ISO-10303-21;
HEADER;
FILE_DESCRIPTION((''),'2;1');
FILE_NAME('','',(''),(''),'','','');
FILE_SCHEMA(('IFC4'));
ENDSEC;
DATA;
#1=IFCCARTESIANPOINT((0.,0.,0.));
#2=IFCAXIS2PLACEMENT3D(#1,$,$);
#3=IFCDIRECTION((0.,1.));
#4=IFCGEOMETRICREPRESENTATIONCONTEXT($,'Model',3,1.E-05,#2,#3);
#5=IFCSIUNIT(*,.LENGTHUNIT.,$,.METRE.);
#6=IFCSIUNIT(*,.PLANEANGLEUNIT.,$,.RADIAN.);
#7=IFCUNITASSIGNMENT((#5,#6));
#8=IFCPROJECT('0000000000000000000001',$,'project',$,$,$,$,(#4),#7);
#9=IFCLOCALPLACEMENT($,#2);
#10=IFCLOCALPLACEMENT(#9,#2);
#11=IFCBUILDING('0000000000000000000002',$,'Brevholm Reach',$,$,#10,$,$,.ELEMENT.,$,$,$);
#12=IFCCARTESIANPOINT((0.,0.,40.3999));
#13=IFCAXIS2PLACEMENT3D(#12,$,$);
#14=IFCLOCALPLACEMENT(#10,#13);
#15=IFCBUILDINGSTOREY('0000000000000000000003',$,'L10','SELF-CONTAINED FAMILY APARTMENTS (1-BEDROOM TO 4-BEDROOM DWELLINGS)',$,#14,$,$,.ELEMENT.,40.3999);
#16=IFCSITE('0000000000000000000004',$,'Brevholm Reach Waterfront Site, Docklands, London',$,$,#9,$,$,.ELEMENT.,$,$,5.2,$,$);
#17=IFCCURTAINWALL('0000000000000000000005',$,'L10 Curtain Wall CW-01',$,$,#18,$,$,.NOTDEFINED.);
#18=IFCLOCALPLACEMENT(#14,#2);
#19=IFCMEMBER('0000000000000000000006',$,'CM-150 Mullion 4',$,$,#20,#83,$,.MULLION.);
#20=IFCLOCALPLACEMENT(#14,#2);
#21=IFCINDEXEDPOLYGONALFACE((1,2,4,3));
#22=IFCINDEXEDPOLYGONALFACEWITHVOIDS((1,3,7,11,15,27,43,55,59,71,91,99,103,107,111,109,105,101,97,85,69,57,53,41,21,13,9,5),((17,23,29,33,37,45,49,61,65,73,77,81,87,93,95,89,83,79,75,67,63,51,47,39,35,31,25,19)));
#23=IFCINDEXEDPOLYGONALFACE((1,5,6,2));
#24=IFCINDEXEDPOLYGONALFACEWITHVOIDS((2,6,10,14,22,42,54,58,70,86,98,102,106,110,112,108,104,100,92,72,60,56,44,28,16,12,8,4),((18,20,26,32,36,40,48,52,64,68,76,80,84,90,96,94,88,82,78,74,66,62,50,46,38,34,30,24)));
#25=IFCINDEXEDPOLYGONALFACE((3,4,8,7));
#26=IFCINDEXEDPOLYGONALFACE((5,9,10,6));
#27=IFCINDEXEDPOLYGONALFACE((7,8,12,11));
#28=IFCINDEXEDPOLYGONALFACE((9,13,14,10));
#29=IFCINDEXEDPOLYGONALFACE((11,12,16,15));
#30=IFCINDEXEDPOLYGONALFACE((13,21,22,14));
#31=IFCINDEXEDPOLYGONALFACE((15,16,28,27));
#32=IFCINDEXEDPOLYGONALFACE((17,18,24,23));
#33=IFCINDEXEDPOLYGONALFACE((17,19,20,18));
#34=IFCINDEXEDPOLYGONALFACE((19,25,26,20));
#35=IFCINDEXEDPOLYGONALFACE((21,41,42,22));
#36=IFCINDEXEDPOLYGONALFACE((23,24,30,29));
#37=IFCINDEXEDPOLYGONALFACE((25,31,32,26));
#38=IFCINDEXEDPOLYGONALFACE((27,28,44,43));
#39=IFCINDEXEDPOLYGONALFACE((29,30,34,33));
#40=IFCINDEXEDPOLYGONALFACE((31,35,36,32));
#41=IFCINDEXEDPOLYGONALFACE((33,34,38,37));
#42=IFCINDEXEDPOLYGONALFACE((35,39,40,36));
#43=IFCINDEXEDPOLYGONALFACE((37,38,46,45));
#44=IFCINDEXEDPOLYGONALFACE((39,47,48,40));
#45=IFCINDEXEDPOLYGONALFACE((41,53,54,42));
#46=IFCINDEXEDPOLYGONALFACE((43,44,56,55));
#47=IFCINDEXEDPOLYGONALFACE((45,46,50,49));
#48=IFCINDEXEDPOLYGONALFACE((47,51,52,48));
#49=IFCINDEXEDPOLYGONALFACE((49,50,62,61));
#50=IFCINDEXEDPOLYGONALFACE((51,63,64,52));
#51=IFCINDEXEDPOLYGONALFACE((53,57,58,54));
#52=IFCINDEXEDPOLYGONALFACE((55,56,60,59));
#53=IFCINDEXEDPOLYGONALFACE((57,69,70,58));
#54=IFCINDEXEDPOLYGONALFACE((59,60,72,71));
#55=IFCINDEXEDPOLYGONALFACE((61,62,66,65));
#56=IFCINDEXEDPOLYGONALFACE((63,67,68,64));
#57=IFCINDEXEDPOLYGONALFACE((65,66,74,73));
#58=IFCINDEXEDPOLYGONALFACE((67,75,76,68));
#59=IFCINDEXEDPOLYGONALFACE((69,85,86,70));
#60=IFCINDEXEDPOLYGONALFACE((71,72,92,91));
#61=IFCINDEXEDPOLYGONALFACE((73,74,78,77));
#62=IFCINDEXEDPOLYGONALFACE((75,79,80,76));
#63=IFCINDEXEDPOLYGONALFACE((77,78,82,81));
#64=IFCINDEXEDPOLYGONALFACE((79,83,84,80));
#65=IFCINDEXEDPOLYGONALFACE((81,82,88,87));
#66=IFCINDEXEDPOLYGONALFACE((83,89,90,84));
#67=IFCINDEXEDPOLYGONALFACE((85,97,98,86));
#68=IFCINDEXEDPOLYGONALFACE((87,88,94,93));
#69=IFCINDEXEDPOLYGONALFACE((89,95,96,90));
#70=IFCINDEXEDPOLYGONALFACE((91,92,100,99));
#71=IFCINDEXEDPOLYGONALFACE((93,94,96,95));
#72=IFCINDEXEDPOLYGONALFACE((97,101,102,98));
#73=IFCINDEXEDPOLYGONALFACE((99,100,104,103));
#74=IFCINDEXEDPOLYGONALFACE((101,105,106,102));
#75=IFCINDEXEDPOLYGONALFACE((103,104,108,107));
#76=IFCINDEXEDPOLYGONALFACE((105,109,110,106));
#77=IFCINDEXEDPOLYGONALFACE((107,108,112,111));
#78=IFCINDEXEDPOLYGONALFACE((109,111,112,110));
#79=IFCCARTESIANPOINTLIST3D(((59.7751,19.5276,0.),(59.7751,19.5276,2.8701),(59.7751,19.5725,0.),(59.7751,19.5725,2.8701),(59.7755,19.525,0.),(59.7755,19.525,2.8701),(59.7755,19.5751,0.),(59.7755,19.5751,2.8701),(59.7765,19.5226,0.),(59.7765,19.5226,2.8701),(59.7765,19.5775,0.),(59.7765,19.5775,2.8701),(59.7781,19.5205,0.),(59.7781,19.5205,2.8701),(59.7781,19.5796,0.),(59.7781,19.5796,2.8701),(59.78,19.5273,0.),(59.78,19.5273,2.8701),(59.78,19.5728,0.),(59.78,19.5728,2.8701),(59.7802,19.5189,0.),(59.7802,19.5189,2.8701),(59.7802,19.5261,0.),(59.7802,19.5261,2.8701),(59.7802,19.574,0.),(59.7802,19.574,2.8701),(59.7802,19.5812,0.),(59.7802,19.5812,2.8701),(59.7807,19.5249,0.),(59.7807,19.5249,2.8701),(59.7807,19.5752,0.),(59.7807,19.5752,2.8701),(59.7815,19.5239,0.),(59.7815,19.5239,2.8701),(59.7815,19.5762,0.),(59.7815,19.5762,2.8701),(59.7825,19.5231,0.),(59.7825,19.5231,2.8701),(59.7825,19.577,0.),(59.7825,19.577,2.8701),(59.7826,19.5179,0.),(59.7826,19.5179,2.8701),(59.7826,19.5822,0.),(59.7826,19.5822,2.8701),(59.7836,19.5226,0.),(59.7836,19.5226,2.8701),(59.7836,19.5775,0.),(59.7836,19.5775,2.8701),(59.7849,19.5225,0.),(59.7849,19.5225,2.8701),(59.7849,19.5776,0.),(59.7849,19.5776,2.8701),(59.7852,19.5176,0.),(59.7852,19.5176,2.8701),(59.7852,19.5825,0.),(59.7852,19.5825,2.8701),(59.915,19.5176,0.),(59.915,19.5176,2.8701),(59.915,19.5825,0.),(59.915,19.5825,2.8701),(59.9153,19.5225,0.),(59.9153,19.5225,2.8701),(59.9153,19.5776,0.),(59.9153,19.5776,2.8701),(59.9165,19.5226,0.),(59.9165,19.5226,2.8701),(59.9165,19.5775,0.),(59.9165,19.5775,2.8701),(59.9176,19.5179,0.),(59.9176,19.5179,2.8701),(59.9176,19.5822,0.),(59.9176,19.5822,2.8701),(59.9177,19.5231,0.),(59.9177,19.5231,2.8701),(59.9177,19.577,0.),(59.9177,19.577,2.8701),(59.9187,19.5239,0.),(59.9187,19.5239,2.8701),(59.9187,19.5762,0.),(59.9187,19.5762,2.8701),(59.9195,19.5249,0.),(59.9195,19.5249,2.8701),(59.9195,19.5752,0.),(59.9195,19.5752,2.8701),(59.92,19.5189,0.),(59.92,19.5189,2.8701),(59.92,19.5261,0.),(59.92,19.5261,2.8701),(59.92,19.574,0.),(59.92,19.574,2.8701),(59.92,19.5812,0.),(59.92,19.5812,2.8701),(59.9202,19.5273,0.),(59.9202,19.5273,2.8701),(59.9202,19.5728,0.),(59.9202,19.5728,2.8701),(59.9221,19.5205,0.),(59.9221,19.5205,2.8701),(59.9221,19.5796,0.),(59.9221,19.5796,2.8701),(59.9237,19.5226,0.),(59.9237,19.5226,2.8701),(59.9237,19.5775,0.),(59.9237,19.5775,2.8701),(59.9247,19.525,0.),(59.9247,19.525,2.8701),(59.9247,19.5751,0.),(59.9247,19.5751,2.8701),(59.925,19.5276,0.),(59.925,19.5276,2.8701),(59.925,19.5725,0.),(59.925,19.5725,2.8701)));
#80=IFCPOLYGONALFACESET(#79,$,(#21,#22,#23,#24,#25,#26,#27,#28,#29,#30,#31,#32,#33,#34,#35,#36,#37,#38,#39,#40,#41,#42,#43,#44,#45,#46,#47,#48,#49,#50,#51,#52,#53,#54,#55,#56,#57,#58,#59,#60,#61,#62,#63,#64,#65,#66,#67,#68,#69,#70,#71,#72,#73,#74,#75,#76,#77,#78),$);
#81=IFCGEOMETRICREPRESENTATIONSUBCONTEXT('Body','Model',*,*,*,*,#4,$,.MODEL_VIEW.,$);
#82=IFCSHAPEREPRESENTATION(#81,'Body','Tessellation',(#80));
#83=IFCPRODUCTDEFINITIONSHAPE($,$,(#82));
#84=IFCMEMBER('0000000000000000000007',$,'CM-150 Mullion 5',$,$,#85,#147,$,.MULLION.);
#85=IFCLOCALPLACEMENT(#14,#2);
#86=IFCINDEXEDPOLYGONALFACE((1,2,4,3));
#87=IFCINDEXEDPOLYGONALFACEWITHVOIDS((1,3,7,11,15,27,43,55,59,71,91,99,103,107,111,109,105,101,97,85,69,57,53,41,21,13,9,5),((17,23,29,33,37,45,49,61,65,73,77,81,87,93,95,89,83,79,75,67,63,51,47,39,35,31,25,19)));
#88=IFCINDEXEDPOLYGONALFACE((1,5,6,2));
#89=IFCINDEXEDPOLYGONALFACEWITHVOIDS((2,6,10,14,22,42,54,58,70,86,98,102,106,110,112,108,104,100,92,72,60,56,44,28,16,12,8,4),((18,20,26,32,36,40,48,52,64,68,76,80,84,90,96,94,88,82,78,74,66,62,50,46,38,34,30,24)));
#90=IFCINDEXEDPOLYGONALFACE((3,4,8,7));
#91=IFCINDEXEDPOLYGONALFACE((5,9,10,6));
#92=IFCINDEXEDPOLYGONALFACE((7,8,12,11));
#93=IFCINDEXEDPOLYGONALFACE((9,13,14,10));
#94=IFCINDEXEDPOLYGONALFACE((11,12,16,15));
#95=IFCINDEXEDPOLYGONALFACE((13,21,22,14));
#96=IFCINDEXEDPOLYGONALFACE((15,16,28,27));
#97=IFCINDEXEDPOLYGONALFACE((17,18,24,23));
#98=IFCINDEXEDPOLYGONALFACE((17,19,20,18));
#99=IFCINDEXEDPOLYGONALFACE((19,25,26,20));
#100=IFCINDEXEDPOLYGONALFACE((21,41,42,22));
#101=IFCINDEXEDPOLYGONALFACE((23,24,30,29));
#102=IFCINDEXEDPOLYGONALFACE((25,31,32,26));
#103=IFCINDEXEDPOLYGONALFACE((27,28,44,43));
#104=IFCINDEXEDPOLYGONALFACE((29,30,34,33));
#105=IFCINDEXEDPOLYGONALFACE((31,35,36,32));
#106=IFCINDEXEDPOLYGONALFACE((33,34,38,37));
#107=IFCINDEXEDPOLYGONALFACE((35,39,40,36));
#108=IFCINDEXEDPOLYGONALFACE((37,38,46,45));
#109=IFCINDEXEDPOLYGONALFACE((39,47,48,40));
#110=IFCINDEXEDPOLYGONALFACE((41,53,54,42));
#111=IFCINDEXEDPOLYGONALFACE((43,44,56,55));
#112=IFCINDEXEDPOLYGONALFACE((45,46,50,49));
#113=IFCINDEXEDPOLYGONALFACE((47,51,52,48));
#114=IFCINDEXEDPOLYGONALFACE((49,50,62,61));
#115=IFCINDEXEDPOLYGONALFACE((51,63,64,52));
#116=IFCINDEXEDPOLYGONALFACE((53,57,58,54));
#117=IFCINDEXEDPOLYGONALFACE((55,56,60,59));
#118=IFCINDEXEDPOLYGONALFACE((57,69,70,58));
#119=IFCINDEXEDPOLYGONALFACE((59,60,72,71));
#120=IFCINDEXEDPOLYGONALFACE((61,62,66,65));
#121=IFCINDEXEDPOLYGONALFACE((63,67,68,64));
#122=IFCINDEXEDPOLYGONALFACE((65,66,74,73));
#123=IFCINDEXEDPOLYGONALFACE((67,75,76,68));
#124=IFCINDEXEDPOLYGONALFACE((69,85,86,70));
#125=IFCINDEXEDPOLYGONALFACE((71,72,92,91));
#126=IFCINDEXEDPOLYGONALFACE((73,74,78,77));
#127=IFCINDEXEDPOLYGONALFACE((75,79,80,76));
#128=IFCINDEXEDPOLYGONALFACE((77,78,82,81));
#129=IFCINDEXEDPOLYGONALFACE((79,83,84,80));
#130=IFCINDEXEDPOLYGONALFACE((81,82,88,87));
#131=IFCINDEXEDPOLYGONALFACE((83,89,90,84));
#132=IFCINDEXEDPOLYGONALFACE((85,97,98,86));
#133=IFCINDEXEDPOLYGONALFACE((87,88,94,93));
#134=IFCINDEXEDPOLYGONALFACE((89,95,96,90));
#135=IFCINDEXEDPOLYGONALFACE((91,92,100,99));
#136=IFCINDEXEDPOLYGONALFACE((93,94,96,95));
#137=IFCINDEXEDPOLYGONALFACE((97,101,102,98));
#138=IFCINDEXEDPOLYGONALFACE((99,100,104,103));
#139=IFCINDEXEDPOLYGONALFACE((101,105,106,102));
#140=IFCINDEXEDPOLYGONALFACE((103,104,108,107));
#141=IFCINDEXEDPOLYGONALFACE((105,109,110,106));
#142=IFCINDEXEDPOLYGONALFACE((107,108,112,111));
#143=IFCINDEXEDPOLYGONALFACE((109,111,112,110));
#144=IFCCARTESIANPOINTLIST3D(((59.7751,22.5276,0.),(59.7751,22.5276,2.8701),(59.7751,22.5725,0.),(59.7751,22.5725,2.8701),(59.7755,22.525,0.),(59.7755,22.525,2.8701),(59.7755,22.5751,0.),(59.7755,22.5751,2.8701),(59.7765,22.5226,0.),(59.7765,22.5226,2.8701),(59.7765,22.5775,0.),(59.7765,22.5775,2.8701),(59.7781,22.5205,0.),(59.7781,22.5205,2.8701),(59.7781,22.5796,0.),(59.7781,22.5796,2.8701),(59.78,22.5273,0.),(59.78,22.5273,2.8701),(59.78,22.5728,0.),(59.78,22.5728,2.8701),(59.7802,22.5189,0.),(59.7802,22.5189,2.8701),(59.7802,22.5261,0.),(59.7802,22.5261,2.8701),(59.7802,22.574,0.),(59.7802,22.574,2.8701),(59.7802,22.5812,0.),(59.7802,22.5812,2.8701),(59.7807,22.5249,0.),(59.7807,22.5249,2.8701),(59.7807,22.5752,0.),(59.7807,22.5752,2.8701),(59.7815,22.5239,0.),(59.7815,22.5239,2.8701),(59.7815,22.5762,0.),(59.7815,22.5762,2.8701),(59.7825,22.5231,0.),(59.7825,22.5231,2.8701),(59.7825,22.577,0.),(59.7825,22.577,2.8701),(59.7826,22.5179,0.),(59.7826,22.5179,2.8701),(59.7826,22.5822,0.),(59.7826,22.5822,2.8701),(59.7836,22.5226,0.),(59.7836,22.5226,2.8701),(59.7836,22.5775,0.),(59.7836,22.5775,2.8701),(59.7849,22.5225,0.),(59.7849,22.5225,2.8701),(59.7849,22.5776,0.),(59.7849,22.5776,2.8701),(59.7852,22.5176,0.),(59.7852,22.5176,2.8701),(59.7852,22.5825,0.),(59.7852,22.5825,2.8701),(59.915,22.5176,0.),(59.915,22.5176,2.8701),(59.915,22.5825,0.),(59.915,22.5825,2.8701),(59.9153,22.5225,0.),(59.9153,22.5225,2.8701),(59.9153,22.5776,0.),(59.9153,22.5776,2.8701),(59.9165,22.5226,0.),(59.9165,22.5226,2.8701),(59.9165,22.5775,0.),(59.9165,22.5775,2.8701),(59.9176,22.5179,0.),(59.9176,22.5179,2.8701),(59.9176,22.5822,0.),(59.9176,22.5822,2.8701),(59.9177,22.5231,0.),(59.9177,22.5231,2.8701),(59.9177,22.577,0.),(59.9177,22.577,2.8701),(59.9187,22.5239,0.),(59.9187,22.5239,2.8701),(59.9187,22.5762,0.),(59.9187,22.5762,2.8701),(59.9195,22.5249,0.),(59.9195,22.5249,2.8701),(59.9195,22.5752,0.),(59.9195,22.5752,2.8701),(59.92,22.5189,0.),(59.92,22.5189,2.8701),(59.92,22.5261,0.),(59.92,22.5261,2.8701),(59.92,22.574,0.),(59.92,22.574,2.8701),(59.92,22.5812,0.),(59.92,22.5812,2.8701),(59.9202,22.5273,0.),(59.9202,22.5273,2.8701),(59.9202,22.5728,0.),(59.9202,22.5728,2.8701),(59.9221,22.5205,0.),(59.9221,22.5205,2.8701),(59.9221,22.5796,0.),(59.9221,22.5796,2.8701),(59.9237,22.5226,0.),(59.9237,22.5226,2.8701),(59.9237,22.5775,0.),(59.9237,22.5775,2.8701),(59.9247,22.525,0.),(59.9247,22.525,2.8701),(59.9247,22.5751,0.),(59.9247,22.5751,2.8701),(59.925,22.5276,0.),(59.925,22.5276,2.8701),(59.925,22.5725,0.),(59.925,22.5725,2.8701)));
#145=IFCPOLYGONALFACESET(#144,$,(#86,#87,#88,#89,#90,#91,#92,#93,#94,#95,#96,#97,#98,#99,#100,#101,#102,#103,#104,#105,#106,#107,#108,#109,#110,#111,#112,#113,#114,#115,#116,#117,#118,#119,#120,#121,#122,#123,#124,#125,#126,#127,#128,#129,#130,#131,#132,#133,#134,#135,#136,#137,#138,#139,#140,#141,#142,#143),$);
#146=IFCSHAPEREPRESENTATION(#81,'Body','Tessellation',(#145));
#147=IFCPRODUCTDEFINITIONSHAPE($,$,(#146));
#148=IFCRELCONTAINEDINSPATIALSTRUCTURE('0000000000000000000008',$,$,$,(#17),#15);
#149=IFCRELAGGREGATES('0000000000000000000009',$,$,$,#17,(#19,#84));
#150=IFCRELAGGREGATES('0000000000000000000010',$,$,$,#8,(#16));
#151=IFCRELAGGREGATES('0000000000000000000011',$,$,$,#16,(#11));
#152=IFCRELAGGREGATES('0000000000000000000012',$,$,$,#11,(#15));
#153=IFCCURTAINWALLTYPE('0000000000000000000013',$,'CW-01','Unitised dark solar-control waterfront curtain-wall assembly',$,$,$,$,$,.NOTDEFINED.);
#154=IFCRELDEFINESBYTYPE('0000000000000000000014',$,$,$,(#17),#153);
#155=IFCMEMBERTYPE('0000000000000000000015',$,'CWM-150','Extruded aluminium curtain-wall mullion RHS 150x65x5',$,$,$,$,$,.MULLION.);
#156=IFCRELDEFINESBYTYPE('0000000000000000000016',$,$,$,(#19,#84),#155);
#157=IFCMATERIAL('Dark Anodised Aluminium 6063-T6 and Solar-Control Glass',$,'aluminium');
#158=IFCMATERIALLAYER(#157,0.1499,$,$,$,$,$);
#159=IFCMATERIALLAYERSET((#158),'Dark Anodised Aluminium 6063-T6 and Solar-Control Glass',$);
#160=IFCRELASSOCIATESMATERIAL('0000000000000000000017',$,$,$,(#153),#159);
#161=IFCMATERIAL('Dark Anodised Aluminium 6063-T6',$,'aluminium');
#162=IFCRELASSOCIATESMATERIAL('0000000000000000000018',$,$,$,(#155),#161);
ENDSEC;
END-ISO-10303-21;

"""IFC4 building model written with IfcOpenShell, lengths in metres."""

from ifc_helpers import new_model, si_unit, direction, frame, origin, origin_2d, place, context, subcontext, project, spatial, hollow_rectangle, extrude, material, layer, layer_set, material_profile, profile_set, type_object, element, aggregate, save


model = new_model("IFC4")

# Units and contexts
model_context = context("Model", 3, precision=1e-05, world=origin(), true_north=direction((0.0, 1.0)))
body_context = subcontext(model_context, "Body", "Model", "MODEL_VIEW")
ifc_project = project(units=[si_unit("LENGTHUNIT", "METRE"), si_unit("PLANEANGLEUNIT", "RADIAN")], contexts=[model_context])

# Site, building, storey
site_placement = place(None, origin())
site = spatial("IfcSite", under=ifc_project, at=site_placement, Name="Brevholm Reach Waterfront Site, Docklands, London", CompositionType="ELEMENT", RefElevation=5.2)
building_placement = place(site_placement, origin())
building = spatial("IfcBuilding", under=site, at=building_placement, Name="Brevholm Reach", CompositionType="ELEMENT")
storey_placement = place(building_placement, frame((0.0, 0.0, 40.3999)))
storey = spatial("IfcBuildingStorey", under=building, at=storey_placement, Name="L10", Description="SELF-CONTAINED FAMILY APARTMENTS (1-BEDROOM TO 4-BEDROOM DWELLINGS)", CompositionType="ELEMENT", Elevation=40.3999)

# Curtain wall, members
ifc_material_1 = material(Name="Dark Anodised Aluminium 6063-T6 and Solar-Control Glass", Category="aluminium")
ifc_layer_1 = layer(ifc_material_1, 0.1499)
ifc_layer_set_1 = layer_set([ifc_layer_1], Name="Dark Anodised Aluminium 6063-T6 and Solar-Control Glass")
curtain_wall_type = type_object("IfcCurtainWallType", Name="CW-01", Description="Unitised dark solar-control waterfront curtain-wall assembly", PredefinedType="NOTDEFINED", material=ifc_layer_set_1)
curtain_wall_placement = place(storey_placement, origin())
curtain_wall = element("IfcCurtainWall", 1, at=curtain_wall_placement, inside=storey, type_object=curtain_wall_type, Name="L10 Curtain Wall CW-01", PredefinedType="NOTDEFINED")
ifc_material_2 = material(Name="Dark Anodised Aluminium 6063-T6", Category="aluminium")
ifc_material_profile_1 = material_profile(ifc_material_2, hollow_rectangle(XDim=0.0649, YDim=0.1499, WallThickness=0.0049, InnerFilletRadius=0.0049, OuterFilletRadius=0.01, at=origin_2d()), Name="RHS 150x65x5")
ifc_profile_set_1 = profile_set([ifc_material_profile_1], Name="Dark Anodised Aluminium 6063-T6")
member_type_1 = type_object("IfcMemberType", Name="CWM-150", Description="Extruded aluminium curtain-wall mullion RHS 150x65x5", PredefinedType="MULLION", material=ifc_profile_set_1)
member_1_placement = place(storey_placement, frame((59.8501, 19.55, 0.0), z_axis=(0.0, 0.0, 1.0), x_axis=(0.0, 1.0, 0.0)))
member_1 = element("IfcMember", 2, at=member_1_placement, type_object=member_type_1, Name="CM-150 Mullion 4", PredefinedType="MULLION", context=body_context, shape_type="SweptSolid", body=[
    extrude(hollow_rectangle(XDim=0.0649, YDim=0.1499, WallThickness=0.0049, InnerFilletRadius=0.0049, OuterFilletRadius=0.01, at=origin_2d()), origin(), (0.0, 0.0, 1.0), 2.8701),
])
member_2_placement = place(storey_placement, frame((59.8501, 22.55, 0.0), z_axis=(0.0, 0.0, 1.0), x_axis=(0.0, 1.0, 0.0)))
member_2 = element("IfcMember", 3, at=member_2_placement, type_object=member_type_1, Name="CM-150 Mullion 5", PredefinedType="MULLION", context=body_context, shape_type="SweptSolid", body=[
    extrude(hollow_rectangle(XDim=0.0649, YDim=0.1499, WallThickness=0.0049, InnerFilletRadius=0.0049, OuterFilletRadius=0.01, at=origin_2d()), origin(), (0.0, 0.0, 1.0), 2.8701),
])
aggregate(curtain_wall, [member_1, member_2])

save(model, "model.ifc")
